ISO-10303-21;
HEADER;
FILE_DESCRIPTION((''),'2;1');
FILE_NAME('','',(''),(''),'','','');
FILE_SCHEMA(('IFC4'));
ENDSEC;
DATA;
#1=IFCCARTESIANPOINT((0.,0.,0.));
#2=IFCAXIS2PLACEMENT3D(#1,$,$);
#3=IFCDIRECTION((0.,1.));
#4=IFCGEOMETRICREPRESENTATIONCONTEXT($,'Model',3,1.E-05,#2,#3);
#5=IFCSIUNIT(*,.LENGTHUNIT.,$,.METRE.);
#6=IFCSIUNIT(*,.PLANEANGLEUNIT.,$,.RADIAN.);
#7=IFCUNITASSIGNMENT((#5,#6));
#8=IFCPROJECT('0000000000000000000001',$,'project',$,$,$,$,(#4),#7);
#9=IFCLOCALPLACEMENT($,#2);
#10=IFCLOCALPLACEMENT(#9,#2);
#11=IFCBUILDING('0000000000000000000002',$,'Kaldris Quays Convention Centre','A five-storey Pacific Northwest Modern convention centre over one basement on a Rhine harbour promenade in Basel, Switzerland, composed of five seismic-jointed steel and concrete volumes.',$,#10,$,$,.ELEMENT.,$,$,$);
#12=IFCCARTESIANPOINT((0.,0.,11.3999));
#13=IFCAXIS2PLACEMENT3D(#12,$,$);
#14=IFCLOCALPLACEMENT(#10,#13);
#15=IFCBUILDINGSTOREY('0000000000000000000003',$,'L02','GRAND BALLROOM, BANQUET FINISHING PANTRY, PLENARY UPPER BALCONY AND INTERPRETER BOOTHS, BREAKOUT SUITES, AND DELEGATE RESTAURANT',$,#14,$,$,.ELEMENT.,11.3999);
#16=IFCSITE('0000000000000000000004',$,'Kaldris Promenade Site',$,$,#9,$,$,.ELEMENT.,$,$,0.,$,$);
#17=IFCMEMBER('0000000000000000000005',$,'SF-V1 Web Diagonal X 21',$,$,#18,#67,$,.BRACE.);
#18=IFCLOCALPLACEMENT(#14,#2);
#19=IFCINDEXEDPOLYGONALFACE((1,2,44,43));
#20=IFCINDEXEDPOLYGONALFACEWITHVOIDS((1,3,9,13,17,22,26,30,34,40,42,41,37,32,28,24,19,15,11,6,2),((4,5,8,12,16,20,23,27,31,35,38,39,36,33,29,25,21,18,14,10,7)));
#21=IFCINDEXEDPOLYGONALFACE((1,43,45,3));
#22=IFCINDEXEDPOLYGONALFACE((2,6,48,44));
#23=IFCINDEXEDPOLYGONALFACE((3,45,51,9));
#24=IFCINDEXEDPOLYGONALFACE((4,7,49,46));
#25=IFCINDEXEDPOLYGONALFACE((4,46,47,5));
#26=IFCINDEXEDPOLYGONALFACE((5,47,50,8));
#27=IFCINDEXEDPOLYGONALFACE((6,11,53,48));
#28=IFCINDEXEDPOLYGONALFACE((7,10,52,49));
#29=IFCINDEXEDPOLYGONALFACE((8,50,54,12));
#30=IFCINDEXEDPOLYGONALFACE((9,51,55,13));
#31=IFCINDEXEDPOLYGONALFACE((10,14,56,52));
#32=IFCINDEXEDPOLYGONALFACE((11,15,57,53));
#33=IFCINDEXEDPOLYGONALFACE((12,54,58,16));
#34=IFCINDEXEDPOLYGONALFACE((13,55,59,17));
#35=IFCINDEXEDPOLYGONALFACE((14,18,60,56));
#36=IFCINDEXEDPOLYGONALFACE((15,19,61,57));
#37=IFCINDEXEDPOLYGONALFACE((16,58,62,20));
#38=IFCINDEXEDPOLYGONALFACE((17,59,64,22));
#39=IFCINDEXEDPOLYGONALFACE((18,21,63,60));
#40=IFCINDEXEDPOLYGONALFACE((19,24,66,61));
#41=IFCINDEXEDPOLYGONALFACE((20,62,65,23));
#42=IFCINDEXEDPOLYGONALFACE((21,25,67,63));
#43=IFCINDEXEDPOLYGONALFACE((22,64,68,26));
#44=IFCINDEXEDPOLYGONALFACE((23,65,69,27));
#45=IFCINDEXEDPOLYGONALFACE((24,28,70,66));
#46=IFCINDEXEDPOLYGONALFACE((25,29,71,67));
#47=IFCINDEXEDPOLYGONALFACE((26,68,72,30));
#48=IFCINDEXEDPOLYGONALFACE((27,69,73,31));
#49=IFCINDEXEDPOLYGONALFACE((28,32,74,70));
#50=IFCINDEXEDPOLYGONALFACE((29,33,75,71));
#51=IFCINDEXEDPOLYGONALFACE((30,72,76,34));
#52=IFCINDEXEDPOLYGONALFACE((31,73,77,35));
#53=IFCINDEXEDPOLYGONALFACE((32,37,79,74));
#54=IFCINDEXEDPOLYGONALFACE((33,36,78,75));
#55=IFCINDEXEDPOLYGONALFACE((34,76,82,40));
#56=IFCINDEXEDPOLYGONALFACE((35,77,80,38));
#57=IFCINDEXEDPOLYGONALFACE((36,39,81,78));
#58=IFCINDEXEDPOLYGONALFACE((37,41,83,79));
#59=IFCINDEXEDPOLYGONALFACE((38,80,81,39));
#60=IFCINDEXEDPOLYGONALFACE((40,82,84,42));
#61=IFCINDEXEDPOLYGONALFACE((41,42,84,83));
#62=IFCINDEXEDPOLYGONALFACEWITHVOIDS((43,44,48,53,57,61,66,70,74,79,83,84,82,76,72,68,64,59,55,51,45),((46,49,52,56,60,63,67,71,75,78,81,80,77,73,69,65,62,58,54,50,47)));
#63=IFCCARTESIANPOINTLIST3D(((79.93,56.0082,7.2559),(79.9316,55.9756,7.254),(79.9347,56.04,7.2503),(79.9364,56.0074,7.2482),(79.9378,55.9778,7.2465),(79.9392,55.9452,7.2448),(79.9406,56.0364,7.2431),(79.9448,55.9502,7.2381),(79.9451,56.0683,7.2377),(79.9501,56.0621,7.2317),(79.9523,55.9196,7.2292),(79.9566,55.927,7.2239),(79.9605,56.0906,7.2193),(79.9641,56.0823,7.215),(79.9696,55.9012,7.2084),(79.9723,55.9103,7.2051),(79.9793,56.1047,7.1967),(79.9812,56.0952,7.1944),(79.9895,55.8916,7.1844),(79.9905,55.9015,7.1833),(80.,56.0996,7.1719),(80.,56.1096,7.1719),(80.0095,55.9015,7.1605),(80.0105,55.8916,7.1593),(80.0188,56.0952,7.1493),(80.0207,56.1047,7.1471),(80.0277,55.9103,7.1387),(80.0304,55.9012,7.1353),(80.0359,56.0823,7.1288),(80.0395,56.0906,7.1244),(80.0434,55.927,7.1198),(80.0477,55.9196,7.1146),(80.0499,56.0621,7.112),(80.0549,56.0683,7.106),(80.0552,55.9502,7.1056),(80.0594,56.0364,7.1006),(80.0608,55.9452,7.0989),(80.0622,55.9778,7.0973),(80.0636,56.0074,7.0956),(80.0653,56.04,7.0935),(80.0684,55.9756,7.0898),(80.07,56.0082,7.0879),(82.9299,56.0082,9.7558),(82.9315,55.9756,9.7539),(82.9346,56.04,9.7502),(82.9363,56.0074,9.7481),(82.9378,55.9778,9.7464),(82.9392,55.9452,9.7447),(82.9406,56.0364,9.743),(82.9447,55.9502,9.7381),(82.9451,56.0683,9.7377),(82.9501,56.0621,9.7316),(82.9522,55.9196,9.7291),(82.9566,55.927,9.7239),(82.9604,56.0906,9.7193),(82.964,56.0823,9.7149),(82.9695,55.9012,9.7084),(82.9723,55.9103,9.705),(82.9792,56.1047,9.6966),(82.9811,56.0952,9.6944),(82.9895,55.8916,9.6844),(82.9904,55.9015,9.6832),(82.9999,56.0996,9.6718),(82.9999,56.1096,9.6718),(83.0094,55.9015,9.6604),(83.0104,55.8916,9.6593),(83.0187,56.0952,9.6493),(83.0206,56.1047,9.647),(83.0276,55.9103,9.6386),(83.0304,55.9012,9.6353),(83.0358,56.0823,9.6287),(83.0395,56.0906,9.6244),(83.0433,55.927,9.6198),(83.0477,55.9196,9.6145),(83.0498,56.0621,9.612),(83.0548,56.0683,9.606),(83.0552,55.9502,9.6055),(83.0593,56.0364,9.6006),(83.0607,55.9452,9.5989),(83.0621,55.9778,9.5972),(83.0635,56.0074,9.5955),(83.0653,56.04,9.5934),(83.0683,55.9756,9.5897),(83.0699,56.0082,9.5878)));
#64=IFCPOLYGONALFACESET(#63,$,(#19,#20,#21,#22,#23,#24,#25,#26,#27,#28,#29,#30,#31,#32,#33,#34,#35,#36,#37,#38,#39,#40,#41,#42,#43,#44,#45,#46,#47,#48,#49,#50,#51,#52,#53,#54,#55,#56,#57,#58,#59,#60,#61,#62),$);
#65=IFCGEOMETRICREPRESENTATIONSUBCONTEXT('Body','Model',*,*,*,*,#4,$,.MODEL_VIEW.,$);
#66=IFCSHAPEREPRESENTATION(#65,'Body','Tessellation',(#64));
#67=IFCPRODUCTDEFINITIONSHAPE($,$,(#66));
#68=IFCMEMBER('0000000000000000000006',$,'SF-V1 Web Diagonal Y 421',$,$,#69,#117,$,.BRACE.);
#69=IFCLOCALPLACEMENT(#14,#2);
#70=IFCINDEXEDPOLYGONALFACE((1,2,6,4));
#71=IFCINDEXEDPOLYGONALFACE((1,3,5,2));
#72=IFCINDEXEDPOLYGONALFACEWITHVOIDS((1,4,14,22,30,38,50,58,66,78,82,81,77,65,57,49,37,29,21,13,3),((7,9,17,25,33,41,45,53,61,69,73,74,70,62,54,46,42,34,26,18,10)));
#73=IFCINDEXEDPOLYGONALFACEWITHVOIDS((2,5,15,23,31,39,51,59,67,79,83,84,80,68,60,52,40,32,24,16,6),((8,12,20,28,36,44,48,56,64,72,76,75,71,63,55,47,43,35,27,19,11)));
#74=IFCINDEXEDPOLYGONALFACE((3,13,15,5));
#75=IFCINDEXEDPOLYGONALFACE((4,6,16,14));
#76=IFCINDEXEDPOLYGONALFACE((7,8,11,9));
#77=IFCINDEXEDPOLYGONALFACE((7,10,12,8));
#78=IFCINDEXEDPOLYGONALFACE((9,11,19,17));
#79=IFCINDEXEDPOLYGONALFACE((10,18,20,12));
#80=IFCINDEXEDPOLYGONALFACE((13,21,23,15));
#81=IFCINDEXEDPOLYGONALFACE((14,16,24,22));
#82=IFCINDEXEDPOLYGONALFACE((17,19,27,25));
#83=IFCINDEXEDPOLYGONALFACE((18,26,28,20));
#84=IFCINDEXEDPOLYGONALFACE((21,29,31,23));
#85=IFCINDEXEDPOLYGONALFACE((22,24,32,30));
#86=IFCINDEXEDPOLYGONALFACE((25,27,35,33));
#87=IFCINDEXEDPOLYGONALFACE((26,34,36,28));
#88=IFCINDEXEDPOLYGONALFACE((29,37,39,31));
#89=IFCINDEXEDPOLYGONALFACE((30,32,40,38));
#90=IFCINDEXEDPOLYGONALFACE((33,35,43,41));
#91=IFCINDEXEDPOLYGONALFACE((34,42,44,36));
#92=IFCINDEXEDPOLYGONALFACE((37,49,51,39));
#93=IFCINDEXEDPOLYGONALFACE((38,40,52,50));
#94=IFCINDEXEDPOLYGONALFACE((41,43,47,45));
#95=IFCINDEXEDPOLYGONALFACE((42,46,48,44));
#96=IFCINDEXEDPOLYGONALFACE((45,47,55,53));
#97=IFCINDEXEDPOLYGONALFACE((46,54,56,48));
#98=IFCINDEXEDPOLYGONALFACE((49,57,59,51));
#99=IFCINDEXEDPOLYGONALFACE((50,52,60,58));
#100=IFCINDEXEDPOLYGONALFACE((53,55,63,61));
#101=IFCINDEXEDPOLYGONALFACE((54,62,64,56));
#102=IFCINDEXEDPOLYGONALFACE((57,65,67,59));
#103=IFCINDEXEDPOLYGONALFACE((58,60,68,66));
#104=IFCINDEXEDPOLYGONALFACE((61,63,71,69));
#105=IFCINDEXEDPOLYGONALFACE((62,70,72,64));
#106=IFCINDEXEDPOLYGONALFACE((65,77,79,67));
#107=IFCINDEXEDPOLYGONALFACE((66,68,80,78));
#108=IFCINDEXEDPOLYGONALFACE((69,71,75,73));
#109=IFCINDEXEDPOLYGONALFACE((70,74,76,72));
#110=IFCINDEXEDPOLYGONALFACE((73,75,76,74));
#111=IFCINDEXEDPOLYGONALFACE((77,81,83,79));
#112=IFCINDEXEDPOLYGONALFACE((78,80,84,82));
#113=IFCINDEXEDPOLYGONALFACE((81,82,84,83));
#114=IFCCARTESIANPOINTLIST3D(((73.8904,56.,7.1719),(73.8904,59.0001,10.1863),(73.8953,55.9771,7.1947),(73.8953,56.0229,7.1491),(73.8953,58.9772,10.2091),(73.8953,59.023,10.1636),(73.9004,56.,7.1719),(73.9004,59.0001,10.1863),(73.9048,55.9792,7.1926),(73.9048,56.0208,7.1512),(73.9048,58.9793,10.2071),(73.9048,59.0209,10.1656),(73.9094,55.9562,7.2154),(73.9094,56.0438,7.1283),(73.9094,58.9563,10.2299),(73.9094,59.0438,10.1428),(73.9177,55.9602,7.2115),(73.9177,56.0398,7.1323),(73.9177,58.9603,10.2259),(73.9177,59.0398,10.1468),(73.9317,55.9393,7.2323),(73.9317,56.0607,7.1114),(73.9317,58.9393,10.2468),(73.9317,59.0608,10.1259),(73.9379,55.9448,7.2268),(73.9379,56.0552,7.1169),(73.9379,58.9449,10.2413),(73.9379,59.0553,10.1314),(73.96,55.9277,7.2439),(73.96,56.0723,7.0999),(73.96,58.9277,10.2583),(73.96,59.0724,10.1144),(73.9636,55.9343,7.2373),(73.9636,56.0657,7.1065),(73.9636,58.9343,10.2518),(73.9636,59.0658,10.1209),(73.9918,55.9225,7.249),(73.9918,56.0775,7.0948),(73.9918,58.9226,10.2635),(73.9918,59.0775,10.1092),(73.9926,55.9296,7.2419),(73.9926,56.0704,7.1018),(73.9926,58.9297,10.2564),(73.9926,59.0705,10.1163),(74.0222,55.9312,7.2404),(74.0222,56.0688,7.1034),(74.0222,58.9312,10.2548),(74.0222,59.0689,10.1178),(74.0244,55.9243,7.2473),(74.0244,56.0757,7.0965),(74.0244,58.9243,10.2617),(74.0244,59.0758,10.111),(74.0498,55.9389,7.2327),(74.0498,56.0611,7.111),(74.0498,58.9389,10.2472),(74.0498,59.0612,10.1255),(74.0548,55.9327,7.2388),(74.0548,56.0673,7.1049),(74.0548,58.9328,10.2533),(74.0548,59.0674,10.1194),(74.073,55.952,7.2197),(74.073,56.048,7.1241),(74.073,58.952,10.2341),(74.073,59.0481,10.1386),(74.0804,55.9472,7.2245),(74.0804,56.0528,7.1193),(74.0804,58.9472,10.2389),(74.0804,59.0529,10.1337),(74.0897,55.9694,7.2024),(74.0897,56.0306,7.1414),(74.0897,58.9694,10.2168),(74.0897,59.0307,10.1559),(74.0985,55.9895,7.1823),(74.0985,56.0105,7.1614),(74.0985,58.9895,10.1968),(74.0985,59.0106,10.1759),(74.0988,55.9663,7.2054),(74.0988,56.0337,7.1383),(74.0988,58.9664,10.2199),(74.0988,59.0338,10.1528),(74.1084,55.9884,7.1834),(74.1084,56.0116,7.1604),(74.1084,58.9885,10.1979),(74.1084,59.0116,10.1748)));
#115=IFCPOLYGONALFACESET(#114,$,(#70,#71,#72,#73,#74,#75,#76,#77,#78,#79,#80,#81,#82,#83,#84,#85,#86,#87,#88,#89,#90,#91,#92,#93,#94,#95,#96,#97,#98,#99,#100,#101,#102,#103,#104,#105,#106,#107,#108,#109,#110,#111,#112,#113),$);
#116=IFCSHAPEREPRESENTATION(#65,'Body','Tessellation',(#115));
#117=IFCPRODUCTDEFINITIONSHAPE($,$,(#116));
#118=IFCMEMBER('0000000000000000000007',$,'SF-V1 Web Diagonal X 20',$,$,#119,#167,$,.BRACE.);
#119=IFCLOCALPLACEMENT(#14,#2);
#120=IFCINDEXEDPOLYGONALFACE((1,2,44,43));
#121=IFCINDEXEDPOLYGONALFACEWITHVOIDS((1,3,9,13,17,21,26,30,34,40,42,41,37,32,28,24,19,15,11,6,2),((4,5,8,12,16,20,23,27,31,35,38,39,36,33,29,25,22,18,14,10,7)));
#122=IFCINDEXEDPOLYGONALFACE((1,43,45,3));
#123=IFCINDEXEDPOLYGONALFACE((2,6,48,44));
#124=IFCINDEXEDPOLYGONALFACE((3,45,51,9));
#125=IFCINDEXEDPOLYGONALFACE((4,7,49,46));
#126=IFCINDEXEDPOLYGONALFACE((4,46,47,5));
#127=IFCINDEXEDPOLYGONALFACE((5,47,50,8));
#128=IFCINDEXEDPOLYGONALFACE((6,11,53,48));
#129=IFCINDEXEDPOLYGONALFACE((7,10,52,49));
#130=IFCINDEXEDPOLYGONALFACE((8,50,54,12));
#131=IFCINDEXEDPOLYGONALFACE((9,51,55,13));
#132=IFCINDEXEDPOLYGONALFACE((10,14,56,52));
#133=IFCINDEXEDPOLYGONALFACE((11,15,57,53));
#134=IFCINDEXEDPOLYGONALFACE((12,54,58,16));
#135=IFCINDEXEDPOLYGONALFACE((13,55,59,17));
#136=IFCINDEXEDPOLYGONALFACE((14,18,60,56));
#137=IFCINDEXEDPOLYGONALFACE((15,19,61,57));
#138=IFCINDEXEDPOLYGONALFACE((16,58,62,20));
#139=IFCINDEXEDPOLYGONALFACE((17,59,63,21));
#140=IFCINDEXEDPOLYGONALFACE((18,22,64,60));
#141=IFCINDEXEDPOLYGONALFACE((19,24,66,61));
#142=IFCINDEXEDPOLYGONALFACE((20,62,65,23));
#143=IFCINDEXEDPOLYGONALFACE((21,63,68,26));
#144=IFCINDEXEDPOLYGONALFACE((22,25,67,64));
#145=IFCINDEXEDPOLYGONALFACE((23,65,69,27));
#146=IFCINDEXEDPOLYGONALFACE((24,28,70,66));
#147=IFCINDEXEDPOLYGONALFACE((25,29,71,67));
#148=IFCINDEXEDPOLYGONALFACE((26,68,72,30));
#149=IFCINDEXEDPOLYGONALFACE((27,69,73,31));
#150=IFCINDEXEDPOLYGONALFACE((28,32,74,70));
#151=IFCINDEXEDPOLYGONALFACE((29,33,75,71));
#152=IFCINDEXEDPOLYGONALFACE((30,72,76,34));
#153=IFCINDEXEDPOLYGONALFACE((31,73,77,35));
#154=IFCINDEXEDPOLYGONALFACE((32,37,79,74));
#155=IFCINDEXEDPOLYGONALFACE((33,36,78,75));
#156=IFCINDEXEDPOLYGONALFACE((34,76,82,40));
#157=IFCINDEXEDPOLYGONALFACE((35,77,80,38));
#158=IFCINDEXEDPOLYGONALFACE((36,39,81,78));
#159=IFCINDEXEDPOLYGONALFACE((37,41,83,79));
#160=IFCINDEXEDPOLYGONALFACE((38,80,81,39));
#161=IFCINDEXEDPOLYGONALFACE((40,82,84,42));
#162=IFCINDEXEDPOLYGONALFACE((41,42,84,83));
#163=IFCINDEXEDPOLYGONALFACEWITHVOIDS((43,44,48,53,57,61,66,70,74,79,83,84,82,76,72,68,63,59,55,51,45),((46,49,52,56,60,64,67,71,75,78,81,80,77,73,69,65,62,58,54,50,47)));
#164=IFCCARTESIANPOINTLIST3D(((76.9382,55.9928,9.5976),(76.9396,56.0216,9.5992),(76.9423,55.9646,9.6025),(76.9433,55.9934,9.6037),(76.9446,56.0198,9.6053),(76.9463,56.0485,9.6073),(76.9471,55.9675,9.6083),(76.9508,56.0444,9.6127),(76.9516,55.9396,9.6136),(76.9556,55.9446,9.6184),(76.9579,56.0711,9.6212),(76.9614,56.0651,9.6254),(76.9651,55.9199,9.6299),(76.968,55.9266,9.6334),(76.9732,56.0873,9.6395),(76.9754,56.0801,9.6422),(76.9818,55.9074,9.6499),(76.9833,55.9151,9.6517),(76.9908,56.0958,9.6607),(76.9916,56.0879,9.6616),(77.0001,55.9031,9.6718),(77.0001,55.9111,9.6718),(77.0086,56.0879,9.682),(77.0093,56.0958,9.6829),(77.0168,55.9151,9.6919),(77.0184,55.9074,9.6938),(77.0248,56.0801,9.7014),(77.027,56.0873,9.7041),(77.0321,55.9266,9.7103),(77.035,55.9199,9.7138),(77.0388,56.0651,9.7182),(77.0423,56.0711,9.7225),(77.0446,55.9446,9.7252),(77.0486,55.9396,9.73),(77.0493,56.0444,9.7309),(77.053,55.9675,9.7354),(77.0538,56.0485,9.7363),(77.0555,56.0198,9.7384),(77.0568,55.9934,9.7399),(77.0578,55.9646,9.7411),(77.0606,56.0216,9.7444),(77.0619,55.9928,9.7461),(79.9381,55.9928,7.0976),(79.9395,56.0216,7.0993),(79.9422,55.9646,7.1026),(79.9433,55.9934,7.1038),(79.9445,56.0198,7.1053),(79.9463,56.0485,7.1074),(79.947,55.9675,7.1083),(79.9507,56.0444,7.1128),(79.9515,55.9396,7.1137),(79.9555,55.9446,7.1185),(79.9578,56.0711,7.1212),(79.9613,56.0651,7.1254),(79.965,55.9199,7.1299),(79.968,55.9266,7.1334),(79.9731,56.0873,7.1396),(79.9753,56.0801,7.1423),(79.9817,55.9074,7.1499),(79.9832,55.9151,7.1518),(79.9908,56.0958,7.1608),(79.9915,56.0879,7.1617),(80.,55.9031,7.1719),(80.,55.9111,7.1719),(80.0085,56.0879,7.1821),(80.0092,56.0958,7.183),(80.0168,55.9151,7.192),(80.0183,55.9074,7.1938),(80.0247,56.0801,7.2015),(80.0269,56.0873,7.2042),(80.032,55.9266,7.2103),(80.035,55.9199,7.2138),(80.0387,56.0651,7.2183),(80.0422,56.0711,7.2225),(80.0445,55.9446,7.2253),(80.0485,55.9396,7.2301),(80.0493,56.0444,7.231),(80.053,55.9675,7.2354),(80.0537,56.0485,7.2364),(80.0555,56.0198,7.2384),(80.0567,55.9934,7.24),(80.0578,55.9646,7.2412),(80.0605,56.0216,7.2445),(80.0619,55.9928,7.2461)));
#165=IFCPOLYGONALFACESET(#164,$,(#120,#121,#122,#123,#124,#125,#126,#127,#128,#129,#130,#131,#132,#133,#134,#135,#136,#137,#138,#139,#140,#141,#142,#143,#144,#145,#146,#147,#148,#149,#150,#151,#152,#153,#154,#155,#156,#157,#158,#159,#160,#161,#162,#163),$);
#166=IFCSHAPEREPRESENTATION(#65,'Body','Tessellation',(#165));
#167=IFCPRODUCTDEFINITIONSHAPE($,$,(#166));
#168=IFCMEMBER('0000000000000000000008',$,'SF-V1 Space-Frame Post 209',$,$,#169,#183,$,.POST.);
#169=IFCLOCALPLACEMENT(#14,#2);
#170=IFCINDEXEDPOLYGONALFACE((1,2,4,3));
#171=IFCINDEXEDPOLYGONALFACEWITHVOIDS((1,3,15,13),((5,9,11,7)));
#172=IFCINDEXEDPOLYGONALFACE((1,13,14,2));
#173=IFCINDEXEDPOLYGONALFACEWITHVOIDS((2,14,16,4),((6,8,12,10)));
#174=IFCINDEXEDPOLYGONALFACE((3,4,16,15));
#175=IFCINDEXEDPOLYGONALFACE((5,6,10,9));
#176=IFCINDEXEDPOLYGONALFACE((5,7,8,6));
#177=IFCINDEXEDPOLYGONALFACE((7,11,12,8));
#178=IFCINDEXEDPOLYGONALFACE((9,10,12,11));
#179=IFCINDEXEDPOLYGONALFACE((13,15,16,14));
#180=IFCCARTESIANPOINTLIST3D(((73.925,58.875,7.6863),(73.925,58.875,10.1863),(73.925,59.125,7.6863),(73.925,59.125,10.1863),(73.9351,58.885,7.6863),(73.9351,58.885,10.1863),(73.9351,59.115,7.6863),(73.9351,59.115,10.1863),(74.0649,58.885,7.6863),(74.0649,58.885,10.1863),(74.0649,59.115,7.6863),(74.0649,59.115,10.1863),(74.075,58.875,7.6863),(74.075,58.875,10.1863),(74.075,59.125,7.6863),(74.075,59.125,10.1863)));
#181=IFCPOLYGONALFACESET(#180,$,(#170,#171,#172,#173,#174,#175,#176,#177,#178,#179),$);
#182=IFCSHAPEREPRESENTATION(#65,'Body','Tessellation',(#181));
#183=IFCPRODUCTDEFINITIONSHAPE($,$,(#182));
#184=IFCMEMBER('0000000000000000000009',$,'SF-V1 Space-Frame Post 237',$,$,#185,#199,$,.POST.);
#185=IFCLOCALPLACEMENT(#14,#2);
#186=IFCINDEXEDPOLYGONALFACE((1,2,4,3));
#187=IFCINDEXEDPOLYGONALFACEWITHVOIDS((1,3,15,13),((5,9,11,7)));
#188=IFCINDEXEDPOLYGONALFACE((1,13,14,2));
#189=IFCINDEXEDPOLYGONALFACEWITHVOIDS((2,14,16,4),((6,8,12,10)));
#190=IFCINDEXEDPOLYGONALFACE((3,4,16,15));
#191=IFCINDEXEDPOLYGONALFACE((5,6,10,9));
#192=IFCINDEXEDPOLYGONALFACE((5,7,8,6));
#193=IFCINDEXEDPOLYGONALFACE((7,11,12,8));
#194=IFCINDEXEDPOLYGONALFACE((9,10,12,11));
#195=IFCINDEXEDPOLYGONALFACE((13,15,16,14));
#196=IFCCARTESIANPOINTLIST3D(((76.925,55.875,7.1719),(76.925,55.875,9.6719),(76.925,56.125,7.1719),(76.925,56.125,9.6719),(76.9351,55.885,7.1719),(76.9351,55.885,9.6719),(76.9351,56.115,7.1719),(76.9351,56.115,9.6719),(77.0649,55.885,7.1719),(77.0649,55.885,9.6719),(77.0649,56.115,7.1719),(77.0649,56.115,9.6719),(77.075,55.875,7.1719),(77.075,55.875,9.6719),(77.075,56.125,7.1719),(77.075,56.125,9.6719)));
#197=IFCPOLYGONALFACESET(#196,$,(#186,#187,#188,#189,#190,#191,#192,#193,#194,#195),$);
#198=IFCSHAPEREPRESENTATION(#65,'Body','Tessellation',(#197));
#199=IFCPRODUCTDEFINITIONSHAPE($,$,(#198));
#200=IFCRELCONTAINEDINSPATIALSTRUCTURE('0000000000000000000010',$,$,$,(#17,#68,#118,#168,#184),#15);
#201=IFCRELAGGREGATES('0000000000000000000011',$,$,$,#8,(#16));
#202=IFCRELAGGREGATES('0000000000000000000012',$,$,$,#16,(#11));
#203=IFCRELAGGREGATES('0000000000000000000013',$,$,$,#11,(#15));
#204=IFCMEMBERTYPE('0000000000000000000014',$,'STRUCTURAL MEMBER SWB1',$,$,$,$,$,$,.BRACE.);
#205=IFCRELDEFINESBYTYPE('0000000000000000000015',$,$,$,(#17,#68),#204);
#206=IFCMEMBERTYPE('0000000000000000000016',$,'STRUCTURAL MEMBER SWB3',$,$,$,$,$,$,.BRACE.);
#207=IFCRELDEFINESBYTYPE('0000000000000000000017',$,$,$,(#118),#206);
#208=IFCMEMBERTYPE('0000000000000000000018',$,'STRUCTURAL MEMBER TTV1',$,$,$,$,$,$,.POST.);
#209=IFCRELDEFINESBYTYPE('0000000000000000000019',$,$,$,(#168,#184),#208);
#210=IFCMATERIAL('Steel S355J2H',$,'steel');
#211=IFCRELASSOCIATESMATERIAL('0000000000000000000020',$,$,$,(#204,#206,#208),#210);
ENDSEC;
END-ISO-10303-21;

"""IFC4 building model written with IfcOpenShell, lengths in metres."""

from ifc_helpers import new_model, si_unit, direction, frame, origin, origin_2d, place, context, subcontext, project, spatial, hollow_rectangle, hollow_circle, extrude, material, material_profile, profile_set, type_object, element, save


model = new_model("IFC4")

# Units and contexts
model_context = context("Model", 3, precision=1e-05, world=origin(), true_north=direction((0.0, 1.0)))
body_context = subcontext(model_context, "Body", "Model", "MODEL_VIEW")
ifc_project = project(units=[si_unit("LENGTHUNIT", "METRE"), si_unit("PLANEANGLEUNIT", "RADIAN")], contexts=[model_context])

# Site, building, storey
site_placement = place(None, origin())
site = spatial("IfcSite", under=ifc_project, at=site_placement, Name="Kaldris Promenade Site", CompositionType="ELEMENT", RefElevation=0.0)
building_placement = place(site_placement, origin())
building = spatial("IfcBuilding", under=site, at=building_placement, Name="Kaldris Quays Convention Centre", Description="A five-storey Pacific Northwest Modern convention centre over one basement on a Rhine harbour promenade in Basel, Switzerland, composed of five seismic-jointed steel and concrete volumes.", CompositionType="ELEMENT")
storey_placement = place(building_placement, frame((0.0, 0.0, 11.3999)))
storey = spatial("IfcBuildingStorey", under=building, at=storey_placement, Name="L02", Description="GRAND BALLROOM, BANQUET FINISHING PANTRY, PLENARY UPPER BALCONY AND INTERPRETER BOOTHS, BREAKOUT SUITES, AND DELEGATE RESTAURANT", CompositionType="ELEMENT", Elevation=11.3999)

# Members
ifc_material_1 = material(Name="Steel S355J2H", Category="steel")
ifc_material_profile_1 = material_profile(ifc_material_1, hollow_circle(Radius=0.1096, WallThickness=0.01, at=origin_2d()), Name="CHS 219.1x10")
ifc_profile_set_1 = profile_set([ifc_material_profile_1], Name="Steel S355J2H")
member_type_1 = type_object("IfcMemberType", Name="STRUCTURAL MEMBER SWB1", PredefinedType="BRACE", material=ifc_profile_set_1)
for number, where, z_axis, x_axis, name in (
    (1, (80.0, 56.0, 7.1719), (0.768221, 0.0, 0.640184), (0.0, 1.0, 0.0), "SF-V1 Web Diagonal X 21"),
):
    element("IfcMember", number, at=place(storey_placement, frame(where, z_axis=z_axis, x_axis=x_axis)), inside=storey, type_object=member_type_1, Name=name, PredefinedType="BRACE", context=body_context, shape_type="SweptSolid", body=[
        extrude(hollow_circle(Radius=0.1096, WallThickness=0.01, at=origin_2d()), origin(), (0.0, 0.0, 1.0), 3.905),
    ])
member_1_placement = place(storey_placement, frame((74.0, 56.0, 7.1719), z_axis=(0.0, 0.705411, 0.708798), x_axis=(-1.0, 0.0, 0.0)))
element("IfcMember", 2, at=member_1_placement, inside=storey, type_object=member_type_1, Name="SF-V1 Web Diagonal Y 421", PredefinedType="BRACE", context=body_context, shape_type="SweptSolid", body=[
    extrude(hollow_circle(Radius=0.1096, WallThickness=0.01, at=origin_2d()), origin(), (0.0, 0.0, 1.0), 4.2529),
])
ifc_material_profile_2 = material_profile(ifc_material_1, hollow_circle(Radius=0.0969, WallThickness=0.0081, at=origin_2d()), Name="CHS 193.7x8")
ifc_profile_set_2 = profile_set([ifc_material_profile_2], Name="Steel S355J2H")
member_type_2 = type_object("IfcMemberType", Name="STRUCTURAL MEMBER SWB3", PredefinedType="BRACE", material=ifc_profile_set_2)
member_2_placement = place(storey_placement, frame((80.0, 56.0, 7.1719), z_axis=(-0.768221, 0.0, 0.640184), x_axis=(0.0, -1.0, 0.0)))
element("IfcMember", 3, at=member_2_placement, inside=storey, type_object=member_type_2, Name="SF-V1 Web Diagonal X 20", PredefinedType="BRACE", context=body_context, shape_type="SweptSolid", body=[
    extrude(hollow_circle(Radius=0.0969, WallThickness=0.0081, at=origin_2d()), origin(), (0.0, 0.0, 1.0), 3.905),
])
ifc_material_profile_3 = material_profile(ifc_material_1, hollow_rectangle(XDim=0.1499, YDim=0.25, WallThickness=0.01, at=origin_2d()), Name="RHS 250x150x10")
ifc_profile_set_3 = profile_set([ifc_material_profile_3], Name="Steel S355J2H")
member_type_3 = type_object("IfcMemberType", Name="STRUCTURAL MEMBER TTV1", PredefinedType="POST", material=ifc_profile_set_3)
for number, where, z_axis, x_axis, name in (
    (4, (74.0, 59.0, 7.6863), (0.0, 0.0, 1.0), (1.0, 0.0, 0.0), "SF-V1 Space-Frame Post 209"),
    (5, (77.0, 56.0, 7.1719), (0.0, 0.0, 1.0), (1.0, 0.0, 0.0), "SF-V1 Space-Frame Post 237"),
):
    element("IfcMember", number, at=place(storey_placement, frame(where, z_axis=z_axis, x_axis=x_axis)), inside=storey, type_object=member_type_3, Name=name, PredefinedType="POST", context=body_context, shape_type="SweptSolid", body=[
        extrude(hollow_rectangle(XDim=0.1499, YDim=0.25, WallThickness=0.01, at=origin_2d()), origin(), (0.0, 0.0, 1.0), 2.5),
    ])

save(model, "model.ifc")
